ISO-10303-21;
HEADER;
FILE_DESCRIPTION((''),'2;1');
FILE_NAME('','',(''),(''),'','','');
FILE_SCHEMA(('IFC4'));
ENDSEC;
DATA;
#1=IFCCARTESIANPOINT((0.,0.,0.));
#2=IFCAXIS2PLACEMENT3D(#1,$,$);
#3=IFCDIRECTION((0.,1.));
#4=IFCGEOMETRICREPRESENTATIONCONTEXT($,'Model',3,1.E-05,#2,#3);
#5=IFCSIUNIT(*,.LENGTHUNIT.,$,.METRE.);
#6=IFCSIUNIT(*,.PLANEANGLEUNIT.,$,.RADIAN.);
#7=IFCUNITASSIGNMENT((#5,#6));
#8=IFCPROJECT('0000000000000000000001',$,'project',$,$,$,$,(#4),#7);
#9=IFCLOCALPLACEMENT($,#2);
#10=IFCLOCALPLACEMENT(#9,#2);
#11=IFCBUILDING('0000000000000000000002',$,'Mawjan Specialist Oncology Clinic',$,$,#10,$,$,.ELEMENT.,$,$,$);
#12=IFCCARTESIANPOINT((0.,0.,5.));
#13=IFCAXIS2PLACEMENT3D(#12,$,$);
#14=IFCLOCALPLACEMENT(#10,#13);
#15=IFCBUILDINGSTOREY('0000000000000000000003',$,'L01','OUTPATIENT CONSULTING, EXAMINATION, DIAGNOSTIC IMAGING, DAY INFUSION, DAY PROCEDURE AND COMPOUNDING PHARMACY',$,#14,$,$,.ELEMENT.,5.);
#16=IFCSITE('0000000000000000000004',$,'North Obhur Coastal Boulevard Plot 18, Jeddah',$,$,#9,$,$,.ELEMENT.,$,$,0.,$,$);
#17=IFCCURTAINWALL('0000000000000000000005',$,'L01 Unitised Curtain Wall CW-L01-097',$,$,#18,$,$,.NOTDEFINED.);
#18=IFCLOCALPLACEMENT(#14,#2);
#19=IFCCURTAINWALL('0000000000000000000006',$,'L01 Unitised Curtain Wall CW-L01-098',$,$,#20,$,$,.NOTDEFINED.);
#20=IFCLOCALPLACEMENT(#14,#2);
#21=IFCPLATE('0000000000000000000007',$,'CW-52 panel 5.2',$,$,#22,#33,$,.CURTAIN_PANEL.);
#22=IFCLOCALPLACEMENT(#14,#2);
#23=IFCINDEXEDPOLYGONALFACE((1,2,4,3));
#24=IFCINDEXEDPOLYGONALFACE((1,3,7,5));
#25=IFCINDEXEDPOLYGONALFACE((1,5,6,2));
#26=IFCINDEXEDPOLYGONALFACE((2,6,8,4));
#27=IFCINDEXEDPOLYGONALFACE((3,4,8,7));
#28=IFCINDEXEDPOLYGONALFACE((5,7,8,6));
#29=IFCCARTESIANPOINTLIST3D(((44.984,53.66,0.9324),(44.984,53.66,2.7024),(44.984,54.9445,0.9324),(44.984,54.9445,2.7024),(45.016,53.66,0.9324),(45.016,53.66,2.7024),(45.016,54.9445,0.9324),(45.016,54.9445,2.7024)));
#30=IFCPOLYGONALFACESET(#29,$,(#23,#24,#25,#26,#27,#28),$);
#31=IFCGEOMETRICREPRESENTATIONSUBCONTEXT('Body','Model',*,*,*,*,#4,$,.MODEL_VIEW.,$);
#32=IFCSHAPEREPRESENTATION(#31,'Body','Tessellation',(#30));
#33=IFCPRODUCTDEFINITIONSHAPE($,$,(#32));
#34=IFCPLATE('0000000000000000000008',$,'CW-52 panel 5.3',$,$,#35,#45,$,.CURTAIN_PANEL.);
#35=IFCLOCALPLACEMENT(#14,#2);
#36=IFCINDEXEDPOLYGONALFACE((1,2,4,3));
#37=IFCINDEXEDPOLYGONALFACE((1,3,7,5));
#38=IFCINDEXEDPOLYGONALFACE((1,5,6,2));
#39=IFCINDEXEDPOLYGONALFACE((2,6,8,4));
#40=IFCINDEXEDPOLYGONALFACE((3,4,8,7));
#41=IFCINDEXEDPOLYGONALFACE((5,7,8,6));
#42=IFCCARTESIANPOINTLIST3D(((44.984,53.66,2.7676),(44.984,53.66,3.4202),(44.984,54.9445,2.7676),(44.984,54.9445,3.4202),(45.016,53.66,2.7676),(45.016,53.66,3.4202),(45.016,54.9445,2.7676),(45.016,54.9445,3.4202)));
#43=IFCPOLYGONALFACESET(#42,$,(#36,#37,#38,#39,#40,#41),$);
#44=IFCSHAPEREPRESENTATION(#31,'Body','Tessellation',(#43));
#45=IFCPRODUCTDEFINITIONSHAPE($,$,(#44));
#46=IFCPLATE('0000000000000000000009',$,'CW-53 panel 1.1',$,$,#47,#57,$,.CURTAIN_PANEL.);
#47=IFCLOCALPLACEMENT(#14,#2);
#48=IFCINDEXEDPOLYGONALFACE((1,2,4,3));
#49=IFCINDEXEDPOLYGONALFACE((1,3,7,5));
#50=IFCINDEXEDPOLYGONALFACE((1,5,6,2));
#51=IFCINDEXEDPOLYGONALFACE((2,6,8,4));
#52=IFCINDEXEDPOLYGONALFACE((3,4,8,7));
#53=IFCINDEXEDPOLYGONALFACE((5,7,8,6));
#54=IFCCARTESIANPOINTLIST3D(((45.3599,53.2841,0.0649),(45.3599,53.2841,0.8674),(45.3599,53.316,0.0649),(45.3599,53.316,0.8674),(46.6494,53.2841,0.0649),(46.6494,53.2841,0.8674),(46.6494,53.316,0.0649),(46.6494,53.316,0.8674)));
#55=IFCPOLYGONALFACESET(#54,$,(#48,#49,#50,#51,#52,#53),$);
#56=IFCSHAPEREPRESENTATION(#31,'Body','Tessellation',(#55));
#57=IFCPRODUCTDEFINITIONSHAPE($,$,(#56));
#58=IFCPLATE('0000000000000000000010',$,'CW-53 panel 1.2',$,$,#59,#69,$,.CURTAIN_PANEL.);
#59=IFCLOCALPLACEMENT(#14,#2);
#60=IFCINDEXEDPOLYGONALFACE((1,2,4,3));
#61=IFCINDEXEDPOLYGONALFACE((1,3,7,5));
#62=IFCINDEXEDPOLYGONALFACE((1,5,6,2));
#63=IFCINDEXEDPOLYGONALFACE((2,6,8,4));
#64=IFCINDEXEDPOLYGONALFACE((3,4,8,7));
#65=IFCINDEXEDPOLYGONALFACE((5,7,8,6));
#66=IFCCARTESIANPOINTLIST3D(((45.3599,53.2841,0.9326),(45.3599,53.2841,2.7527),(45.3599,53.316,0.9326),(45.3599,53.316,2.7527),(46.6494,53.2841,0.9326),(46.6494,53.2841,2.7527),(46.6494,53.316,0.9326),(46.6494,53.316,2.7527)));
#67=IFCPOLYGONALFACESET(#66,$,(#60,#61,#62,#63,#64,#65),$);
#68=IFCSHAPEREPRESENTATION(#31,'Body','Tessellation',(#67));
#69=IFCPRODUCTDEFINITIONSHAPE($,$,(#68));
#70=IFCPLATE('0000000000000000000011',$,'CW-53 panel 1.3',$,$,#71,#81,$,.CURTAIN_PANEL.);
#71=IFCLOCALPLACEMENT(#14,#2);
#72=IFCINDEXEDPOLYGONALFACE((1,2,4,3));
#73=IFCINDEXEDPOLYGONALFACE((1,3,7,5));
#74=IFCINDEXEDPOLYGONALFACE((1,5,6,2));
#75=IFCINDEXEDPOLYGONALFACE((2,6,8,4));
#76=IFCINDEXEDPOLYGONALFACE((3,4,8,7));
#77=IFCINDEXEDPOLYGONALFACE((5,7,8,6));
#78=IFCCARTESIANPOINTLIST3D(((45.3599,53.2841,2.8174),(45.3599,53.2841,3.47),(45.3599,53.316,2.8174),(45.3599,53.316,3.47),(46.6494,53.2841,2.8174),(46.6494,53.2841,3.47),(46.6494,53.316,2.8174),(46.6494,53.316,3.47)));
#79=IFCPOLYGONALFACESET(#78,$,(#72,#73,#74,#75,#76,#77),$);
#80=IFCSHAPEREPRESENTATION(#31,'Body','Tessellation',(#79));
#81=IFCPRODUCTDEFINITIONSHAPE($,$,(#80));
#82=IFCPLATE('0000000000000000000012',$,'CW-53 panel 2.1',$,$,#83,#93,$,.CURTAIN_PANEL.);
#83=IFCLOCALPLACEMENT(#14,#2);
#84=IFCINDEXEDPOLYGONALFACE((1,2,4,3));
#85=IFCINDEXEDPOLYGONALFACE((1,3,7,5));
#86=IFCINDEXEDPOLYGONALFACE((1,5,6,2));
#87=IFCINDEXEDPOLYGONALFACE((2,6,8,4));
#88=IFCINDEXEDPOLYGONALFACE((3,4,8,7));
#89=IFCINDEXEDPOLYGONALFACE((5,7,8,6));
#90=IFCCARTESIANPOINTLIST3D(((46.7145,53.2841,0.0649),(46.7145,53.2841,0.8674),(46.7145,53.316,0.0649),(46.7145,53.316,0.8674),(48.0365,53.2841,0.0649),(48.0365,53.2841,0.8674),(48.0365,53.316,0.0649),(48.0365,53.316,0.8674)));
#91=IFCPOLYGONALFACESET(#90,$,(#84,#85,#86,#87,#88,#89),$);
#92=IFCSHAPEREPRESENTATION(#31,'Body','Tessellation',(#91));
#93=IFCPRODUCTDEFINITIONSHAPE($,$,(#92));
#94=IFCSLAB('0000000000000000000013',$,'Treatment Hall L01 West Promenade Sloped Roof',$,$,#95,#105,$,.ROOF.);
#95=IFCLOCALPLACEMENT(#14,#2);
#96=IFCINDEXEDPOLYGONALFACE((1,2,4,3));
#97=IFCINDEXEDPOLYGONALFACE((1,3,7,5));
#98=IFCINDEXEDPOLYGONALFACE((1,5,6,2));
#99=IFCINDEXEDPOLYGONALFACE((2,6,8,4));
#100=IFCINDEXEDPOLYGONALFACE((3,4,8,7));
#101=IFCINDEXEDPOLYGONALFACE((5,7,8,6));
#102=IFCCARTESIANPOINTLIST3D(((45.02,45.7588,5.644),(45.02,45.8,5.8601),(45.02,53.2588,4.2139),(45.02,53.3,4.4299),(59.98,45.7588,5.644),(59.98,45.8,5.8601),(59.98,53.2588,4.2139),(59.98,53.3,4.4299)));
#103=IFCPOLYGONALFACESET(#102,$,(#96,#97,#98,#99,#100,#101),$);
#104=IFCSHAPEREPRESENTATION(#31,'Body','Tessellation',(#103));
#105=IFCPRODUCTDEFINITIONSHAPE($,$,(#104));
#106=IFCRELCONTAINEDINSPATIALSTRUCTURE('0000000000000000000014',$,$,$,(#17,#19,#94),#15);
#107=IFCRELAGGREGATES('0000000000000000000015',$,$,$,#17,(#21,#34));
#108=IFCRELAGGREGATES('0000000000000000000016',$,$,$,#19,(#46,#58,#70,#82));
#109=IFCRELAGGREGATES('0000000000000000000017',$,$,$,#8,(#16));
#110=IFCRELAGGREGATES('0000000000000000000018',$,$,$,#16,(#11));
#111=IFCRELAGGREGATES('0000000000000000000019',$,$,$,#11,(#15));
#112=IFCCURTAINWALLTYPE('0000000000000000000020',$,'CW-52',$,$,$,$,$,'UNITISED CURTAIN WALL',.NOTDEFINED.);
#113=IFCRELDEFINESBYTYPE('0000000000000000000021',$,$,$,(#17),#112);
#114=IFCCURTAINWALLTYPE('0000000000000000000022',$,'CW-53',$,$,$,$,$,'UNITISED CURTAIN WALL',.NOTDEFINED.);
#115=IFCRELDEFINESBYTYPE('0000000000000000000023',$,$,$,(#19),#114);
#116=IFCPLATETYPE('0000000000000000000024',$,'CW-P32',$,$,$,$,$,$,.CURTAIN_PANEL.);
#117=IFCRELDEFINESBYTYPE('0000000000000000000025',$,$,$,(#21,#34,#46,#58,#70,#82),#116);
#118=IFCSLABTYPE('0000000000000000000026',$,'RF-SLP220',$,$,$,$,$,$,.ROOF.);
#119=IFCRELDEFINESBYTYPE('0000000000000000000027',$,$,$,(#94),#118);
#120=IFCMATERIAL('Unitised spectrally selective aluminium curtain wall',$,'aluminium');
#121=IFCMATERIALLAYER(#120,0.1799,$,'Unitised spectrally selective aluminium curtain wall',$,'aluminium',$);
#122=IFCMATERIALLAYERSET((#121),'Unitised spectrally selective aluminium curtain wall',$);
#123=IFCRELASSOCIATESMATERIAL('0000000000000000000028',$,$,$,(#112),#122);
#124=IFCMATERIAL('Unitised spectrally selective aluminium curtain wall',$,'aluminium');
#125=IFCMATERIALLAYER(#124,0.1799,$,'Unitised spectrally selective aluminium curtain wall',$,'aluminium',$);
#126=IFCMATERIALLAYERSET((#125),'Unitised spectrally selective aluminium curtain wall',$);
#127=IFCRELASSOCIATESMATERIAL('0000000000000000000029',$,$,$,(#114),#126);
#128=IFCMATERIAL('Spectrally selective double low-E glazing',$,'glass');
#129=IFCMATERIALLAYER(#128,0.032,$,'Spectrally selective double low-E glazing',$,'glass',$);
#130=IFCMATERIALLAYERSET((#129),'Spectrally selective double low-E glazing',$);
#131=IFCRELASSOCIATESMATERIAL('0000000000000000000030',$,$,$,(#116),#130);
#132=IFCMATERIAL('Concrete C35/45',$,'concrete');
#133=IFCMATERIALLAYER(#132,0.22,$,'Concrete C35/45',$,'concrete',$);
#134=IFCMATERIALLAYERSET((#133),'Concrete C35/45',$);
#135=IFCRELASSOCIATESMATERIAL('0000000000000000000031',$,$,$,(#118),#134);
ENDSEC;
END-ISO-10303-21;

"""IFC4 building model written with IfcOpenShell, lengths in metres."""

from ifc_helpers import new_model, si_unit, direction, frame, origin, origin_2d, place, context, subcontext, project, spatial, polyline, rectangle, outline, extrude, material, layer, layer_set, type_object, element, aggregate, save


model = new_model("IFC4")

# Units and contexts
model_context = context("Model", 3, precision=1e-05, world=origin(), true_north=direction((0.0, 1.0)))
body_context = subcontext(model_context, "Body", "Model", "MODEL_VIEW")
ifc_project = project(units=[si_unit("LENGTHUNIT", "METRE"), si_unit("PLANEANGLEUNIT", "RADIAN")], contexts=[model_context])

# Site, building, storey
site_placement = place(None, origin())
site = spatial("IfcSite", under=ifc_project, at=site_placement, Name="North Obhur Coastal Boulevard Plot 18, Jeddah", CompositionType="ELEMENT", RefElevation=0.0)
building_placement = place(site_placement, origin())
building = spatial("IfcBuilding", under=site, at=building_placement, Name="Mawjan Specialist Oncology Clinic", CompositionType="ELEMENT")
storey_placement = place(building_placement, frame((0.0, 0.0, 5.0)))
storey = spatial("IfcBuildingStorey", under=building, at=storey_placement, Name="L01", Description="OUTPATIENT CONSULTING, EXAMINATION, DIAGNOSTIC IMAGING, DAY INFUSION, DAY PROCEDURE AND COMPOUNDING PHARMACY", CompositionType="ELEMENT", Elevation=5.0)

# Curtain walls
ifc_material_1 = material(Name="Unitised spectrally selective aluminium curtain wall", Category="aluminium")
ifc_layer_1 = layer(ifc_material_1, 0.1799, Name="Unitised spectrally selective aluminium curtain wall", Category="aluminium")
ifc_layer_set_1 = layer_set([ifc_layer_1], Name="Unitised spectrally selective aluminium curtain wall")
curtain_wall_type_1 = type_object("IfcCurtainWallType", Name="CW-52", ElementType="UNITISED CURTAIN WALL", PredefinedType="NOTDEFINED", material=ifc_layer_set_1)
curtain_wall_1_placement = place(storey_placement, origin())
curtain_wall_1 = element("IfcCurtainWall", 1, at=curtain_wall_1_placement, inside=storey, type_object=curtain_wall_type_1, Name="L01 Unitised Curtain Wall CW-L01-097", PredefinedType="NOTDEFINED")
ifc_material_2 = material(Name="Unitised spectrally selective aluminium curtain wall", Category="aluminium")
ifc_layer_2 = layer(ifc_material_2, 0.1799, Name="Unitised spectrally selective aluminium curtain wall", Category="aluminium")
ifc_layer_set_2 = layer_set([ifc_layer_2], Name="Unitised spectrally selective aluminium curtain wall")
curtain_wall_type_2 = type_object("IfcCurtainWallType", Name="CW-53", ElementType="UNITISED CURTAIN WALL", PredefinedType="NOTDEFINED", material=ifc_layer_set_2)
curtain_wall_2_placement = place(storey_placement, origin())
curtain_wall_2 = element("IfcCurtainWall", 2, at=curtain_wall_2_placement, inside=storey, type_object=curtain_wall_type_2, Name="L01 Unitised Curtain Wall CW-L01-098", PredefinedType="NOTDEFINED")

# Plates
ifc_material_3 = material(Name="Spectrally selective double low-E glazing", Category="glass")
ifc_layer_3 = layer(ifc_material_3, 0.032, Name="Spectrally selective double low-E glazing", Category="glass")
ifc_layer_set_3 = layer_set([ifc_layer_3], Name="Spectrally selective double low-E glazing")
plate_type = type_object("IfcPlateType", Name="CW-P32", PredefinedType="CURTAIN_PANEL", material=ifc_layer_set_3)
plate_1_placement = place(storey_placement, frame((45.0, 54.3022, 0.9324), z_axis=(0.0, 0.0, 1.0), x_axis=(0.0, -1.0, 0.0)))
plate_1 = element("IfcPlate", 3, at=plate_1_placement, type_object=plate_type, Name="CW-52 panel 5.2", PredefinedType="CURTAIN_PANEL", context=body_context, shape_type="SweptSolid", body=[
    extrude(rectangle(XDim=1.2844, YDim=0.032, at=origin_2d()), origin(), (0.0, 0.0, 1.0), 1.77),
])
plate_2_placement = place(storey_placement, frame((45.0, 54.3022, 2.7676), z_axis=(0.0, 0.0, 1.0), x_axis=(0.0, -1.0, 0.0)))
plate_2 = element("IfcPlate", 4, at=plate_2_placement, type_object=plate_type, Name="CW-52 panel 5.3", PredefinedType="CURTAIN_PANEL", context=body_context, shape_type="SweptSolid", body=[
    extrude(rectangle(XDim=1.2844, YDim=0.032, at=origin_2d()), origin(), (0.0, 0.0, 1.0), 0.6526),
])
aggregate(curtain_wall_1, [plate_1, plate_2])
plate_3_placement = place(storey_placement, frame((46.0046, 53.3, 0.0649), z_axis=(0.0, 0.0, 1.0), x_axis=(1.0, 0.0, 0.0)))
plate_3 = element("IfcPlate", 5, at=plate_3_placement, type_object=plate_type, Name="CW-53 panel 1.1", PredefinedType="CURTAIN_PANEL", context=body_context, shape_type="SweptSolid", body=[
    extrude(rectangle(XDim=1.2896, YDim=0.032, at=origin_2d()), origin(), (0.0, 0.0, 1.0), 0.8025),
])
plate_4_placement = place(storey_placement, frame((46.0046, 53.3, 0.9326), z_axis=(0.0, 0.0, 1.0), x_axis=(1.0, 0.0, 0.0)))
plate_4 = element("IfcPlate", 6, at=plate_4_placement, type_object=plate_type, Name="CW-53 panel 1.2", PredefinedType="CURTAIN_PANEL", context=body_context, shape_type="SweptSolid", body=[
    extrude(rectangle(XDim=1.2896, YDim=0.032, at=origin_2d()), origin(), (0.0, 0.0, 1.0), 1.8201),
])
plate_5_placement = place(storey_placement, frame((46.0046, 53.3, 2.8174), z_axis=(0.0, 0.0, 1.0), x_axis=(1.0, 0.0, 0.0)))
plate_5 = element("IfcPlate", 7, at=plate_5_placement, type_object=plate_type, Name="CW-53 panel 1.3", PredefinedType="CURTAIN_PANEL", context=body_context, shape_type="SweptSolid", body=[
    extrude(rectangle(XDim=1.2896, YDim=0.032, at=origin_2d()), origin(), (0.0, 0.0, 1.0), 0.6526),
])
plate_6_placement = place(storey_placement, frame((47.3755, 53.3, 0.0649), z_axis=(0.0, 0.0, 1.0), x_axis=(1.0, 0.0, 0.0)))
plate_6 = element("IfcPlate", 8, at=plate_6_placement, type_object=plate_type, Name="CW-53 panel 2.1", PredefinedType="CURTAIN_PANEL", context=body_context, shape_type="SweptSolid", body=[
    extrude(rectangle(XDim=1.322, YDim=0.032, at=origin_2d()), origin(), (0.0, 0.0, 1.0), 0.8025),
])
aggregate(curtain_wall_2, [plate_3, plate_4, plate_5, plate_6])

# Slab
ifc_material_4 = material(Name="Concrete C35/45", Category="concrete")
ifc_layer_4 = layer(ifc_material_4, 0.22, Name="Concrete C35/45", Category="concrete")
ifc_layer_set_4 = layer_set([ifc_layer_4], Name="Concrete C35/45")
slab_type = type_object("IfcSlabType", Name="RF-SLP220", PredefinedType="ROOF", material=ifc_layer_set_4)
slab_placement = place(storey_placement, frame((45.02, 53.3, 4.4299), z_axis=(0.0, 0.187315, 0.9823), x_axis=(1.0, 0.0, 0.0)))
element("IfcSlab", 9, at=slab_placement, inside=storey, type_object=slab_type, Name="Treatment Hall L01 West Promenade Sloped Roof", PredefinedType="ROOF", context=body_context, shape_type="SweptSolid", body=[
    extrude(outline(polyline([(0.0, 0.0), (14.96, 0.0), (14.96, -7.6351), (0.0, -7.6351), (0.0, 0.0)])), origin(), (0.0, 0.0, -1.0), 0.22),
])

save(model, "model.ifc")
